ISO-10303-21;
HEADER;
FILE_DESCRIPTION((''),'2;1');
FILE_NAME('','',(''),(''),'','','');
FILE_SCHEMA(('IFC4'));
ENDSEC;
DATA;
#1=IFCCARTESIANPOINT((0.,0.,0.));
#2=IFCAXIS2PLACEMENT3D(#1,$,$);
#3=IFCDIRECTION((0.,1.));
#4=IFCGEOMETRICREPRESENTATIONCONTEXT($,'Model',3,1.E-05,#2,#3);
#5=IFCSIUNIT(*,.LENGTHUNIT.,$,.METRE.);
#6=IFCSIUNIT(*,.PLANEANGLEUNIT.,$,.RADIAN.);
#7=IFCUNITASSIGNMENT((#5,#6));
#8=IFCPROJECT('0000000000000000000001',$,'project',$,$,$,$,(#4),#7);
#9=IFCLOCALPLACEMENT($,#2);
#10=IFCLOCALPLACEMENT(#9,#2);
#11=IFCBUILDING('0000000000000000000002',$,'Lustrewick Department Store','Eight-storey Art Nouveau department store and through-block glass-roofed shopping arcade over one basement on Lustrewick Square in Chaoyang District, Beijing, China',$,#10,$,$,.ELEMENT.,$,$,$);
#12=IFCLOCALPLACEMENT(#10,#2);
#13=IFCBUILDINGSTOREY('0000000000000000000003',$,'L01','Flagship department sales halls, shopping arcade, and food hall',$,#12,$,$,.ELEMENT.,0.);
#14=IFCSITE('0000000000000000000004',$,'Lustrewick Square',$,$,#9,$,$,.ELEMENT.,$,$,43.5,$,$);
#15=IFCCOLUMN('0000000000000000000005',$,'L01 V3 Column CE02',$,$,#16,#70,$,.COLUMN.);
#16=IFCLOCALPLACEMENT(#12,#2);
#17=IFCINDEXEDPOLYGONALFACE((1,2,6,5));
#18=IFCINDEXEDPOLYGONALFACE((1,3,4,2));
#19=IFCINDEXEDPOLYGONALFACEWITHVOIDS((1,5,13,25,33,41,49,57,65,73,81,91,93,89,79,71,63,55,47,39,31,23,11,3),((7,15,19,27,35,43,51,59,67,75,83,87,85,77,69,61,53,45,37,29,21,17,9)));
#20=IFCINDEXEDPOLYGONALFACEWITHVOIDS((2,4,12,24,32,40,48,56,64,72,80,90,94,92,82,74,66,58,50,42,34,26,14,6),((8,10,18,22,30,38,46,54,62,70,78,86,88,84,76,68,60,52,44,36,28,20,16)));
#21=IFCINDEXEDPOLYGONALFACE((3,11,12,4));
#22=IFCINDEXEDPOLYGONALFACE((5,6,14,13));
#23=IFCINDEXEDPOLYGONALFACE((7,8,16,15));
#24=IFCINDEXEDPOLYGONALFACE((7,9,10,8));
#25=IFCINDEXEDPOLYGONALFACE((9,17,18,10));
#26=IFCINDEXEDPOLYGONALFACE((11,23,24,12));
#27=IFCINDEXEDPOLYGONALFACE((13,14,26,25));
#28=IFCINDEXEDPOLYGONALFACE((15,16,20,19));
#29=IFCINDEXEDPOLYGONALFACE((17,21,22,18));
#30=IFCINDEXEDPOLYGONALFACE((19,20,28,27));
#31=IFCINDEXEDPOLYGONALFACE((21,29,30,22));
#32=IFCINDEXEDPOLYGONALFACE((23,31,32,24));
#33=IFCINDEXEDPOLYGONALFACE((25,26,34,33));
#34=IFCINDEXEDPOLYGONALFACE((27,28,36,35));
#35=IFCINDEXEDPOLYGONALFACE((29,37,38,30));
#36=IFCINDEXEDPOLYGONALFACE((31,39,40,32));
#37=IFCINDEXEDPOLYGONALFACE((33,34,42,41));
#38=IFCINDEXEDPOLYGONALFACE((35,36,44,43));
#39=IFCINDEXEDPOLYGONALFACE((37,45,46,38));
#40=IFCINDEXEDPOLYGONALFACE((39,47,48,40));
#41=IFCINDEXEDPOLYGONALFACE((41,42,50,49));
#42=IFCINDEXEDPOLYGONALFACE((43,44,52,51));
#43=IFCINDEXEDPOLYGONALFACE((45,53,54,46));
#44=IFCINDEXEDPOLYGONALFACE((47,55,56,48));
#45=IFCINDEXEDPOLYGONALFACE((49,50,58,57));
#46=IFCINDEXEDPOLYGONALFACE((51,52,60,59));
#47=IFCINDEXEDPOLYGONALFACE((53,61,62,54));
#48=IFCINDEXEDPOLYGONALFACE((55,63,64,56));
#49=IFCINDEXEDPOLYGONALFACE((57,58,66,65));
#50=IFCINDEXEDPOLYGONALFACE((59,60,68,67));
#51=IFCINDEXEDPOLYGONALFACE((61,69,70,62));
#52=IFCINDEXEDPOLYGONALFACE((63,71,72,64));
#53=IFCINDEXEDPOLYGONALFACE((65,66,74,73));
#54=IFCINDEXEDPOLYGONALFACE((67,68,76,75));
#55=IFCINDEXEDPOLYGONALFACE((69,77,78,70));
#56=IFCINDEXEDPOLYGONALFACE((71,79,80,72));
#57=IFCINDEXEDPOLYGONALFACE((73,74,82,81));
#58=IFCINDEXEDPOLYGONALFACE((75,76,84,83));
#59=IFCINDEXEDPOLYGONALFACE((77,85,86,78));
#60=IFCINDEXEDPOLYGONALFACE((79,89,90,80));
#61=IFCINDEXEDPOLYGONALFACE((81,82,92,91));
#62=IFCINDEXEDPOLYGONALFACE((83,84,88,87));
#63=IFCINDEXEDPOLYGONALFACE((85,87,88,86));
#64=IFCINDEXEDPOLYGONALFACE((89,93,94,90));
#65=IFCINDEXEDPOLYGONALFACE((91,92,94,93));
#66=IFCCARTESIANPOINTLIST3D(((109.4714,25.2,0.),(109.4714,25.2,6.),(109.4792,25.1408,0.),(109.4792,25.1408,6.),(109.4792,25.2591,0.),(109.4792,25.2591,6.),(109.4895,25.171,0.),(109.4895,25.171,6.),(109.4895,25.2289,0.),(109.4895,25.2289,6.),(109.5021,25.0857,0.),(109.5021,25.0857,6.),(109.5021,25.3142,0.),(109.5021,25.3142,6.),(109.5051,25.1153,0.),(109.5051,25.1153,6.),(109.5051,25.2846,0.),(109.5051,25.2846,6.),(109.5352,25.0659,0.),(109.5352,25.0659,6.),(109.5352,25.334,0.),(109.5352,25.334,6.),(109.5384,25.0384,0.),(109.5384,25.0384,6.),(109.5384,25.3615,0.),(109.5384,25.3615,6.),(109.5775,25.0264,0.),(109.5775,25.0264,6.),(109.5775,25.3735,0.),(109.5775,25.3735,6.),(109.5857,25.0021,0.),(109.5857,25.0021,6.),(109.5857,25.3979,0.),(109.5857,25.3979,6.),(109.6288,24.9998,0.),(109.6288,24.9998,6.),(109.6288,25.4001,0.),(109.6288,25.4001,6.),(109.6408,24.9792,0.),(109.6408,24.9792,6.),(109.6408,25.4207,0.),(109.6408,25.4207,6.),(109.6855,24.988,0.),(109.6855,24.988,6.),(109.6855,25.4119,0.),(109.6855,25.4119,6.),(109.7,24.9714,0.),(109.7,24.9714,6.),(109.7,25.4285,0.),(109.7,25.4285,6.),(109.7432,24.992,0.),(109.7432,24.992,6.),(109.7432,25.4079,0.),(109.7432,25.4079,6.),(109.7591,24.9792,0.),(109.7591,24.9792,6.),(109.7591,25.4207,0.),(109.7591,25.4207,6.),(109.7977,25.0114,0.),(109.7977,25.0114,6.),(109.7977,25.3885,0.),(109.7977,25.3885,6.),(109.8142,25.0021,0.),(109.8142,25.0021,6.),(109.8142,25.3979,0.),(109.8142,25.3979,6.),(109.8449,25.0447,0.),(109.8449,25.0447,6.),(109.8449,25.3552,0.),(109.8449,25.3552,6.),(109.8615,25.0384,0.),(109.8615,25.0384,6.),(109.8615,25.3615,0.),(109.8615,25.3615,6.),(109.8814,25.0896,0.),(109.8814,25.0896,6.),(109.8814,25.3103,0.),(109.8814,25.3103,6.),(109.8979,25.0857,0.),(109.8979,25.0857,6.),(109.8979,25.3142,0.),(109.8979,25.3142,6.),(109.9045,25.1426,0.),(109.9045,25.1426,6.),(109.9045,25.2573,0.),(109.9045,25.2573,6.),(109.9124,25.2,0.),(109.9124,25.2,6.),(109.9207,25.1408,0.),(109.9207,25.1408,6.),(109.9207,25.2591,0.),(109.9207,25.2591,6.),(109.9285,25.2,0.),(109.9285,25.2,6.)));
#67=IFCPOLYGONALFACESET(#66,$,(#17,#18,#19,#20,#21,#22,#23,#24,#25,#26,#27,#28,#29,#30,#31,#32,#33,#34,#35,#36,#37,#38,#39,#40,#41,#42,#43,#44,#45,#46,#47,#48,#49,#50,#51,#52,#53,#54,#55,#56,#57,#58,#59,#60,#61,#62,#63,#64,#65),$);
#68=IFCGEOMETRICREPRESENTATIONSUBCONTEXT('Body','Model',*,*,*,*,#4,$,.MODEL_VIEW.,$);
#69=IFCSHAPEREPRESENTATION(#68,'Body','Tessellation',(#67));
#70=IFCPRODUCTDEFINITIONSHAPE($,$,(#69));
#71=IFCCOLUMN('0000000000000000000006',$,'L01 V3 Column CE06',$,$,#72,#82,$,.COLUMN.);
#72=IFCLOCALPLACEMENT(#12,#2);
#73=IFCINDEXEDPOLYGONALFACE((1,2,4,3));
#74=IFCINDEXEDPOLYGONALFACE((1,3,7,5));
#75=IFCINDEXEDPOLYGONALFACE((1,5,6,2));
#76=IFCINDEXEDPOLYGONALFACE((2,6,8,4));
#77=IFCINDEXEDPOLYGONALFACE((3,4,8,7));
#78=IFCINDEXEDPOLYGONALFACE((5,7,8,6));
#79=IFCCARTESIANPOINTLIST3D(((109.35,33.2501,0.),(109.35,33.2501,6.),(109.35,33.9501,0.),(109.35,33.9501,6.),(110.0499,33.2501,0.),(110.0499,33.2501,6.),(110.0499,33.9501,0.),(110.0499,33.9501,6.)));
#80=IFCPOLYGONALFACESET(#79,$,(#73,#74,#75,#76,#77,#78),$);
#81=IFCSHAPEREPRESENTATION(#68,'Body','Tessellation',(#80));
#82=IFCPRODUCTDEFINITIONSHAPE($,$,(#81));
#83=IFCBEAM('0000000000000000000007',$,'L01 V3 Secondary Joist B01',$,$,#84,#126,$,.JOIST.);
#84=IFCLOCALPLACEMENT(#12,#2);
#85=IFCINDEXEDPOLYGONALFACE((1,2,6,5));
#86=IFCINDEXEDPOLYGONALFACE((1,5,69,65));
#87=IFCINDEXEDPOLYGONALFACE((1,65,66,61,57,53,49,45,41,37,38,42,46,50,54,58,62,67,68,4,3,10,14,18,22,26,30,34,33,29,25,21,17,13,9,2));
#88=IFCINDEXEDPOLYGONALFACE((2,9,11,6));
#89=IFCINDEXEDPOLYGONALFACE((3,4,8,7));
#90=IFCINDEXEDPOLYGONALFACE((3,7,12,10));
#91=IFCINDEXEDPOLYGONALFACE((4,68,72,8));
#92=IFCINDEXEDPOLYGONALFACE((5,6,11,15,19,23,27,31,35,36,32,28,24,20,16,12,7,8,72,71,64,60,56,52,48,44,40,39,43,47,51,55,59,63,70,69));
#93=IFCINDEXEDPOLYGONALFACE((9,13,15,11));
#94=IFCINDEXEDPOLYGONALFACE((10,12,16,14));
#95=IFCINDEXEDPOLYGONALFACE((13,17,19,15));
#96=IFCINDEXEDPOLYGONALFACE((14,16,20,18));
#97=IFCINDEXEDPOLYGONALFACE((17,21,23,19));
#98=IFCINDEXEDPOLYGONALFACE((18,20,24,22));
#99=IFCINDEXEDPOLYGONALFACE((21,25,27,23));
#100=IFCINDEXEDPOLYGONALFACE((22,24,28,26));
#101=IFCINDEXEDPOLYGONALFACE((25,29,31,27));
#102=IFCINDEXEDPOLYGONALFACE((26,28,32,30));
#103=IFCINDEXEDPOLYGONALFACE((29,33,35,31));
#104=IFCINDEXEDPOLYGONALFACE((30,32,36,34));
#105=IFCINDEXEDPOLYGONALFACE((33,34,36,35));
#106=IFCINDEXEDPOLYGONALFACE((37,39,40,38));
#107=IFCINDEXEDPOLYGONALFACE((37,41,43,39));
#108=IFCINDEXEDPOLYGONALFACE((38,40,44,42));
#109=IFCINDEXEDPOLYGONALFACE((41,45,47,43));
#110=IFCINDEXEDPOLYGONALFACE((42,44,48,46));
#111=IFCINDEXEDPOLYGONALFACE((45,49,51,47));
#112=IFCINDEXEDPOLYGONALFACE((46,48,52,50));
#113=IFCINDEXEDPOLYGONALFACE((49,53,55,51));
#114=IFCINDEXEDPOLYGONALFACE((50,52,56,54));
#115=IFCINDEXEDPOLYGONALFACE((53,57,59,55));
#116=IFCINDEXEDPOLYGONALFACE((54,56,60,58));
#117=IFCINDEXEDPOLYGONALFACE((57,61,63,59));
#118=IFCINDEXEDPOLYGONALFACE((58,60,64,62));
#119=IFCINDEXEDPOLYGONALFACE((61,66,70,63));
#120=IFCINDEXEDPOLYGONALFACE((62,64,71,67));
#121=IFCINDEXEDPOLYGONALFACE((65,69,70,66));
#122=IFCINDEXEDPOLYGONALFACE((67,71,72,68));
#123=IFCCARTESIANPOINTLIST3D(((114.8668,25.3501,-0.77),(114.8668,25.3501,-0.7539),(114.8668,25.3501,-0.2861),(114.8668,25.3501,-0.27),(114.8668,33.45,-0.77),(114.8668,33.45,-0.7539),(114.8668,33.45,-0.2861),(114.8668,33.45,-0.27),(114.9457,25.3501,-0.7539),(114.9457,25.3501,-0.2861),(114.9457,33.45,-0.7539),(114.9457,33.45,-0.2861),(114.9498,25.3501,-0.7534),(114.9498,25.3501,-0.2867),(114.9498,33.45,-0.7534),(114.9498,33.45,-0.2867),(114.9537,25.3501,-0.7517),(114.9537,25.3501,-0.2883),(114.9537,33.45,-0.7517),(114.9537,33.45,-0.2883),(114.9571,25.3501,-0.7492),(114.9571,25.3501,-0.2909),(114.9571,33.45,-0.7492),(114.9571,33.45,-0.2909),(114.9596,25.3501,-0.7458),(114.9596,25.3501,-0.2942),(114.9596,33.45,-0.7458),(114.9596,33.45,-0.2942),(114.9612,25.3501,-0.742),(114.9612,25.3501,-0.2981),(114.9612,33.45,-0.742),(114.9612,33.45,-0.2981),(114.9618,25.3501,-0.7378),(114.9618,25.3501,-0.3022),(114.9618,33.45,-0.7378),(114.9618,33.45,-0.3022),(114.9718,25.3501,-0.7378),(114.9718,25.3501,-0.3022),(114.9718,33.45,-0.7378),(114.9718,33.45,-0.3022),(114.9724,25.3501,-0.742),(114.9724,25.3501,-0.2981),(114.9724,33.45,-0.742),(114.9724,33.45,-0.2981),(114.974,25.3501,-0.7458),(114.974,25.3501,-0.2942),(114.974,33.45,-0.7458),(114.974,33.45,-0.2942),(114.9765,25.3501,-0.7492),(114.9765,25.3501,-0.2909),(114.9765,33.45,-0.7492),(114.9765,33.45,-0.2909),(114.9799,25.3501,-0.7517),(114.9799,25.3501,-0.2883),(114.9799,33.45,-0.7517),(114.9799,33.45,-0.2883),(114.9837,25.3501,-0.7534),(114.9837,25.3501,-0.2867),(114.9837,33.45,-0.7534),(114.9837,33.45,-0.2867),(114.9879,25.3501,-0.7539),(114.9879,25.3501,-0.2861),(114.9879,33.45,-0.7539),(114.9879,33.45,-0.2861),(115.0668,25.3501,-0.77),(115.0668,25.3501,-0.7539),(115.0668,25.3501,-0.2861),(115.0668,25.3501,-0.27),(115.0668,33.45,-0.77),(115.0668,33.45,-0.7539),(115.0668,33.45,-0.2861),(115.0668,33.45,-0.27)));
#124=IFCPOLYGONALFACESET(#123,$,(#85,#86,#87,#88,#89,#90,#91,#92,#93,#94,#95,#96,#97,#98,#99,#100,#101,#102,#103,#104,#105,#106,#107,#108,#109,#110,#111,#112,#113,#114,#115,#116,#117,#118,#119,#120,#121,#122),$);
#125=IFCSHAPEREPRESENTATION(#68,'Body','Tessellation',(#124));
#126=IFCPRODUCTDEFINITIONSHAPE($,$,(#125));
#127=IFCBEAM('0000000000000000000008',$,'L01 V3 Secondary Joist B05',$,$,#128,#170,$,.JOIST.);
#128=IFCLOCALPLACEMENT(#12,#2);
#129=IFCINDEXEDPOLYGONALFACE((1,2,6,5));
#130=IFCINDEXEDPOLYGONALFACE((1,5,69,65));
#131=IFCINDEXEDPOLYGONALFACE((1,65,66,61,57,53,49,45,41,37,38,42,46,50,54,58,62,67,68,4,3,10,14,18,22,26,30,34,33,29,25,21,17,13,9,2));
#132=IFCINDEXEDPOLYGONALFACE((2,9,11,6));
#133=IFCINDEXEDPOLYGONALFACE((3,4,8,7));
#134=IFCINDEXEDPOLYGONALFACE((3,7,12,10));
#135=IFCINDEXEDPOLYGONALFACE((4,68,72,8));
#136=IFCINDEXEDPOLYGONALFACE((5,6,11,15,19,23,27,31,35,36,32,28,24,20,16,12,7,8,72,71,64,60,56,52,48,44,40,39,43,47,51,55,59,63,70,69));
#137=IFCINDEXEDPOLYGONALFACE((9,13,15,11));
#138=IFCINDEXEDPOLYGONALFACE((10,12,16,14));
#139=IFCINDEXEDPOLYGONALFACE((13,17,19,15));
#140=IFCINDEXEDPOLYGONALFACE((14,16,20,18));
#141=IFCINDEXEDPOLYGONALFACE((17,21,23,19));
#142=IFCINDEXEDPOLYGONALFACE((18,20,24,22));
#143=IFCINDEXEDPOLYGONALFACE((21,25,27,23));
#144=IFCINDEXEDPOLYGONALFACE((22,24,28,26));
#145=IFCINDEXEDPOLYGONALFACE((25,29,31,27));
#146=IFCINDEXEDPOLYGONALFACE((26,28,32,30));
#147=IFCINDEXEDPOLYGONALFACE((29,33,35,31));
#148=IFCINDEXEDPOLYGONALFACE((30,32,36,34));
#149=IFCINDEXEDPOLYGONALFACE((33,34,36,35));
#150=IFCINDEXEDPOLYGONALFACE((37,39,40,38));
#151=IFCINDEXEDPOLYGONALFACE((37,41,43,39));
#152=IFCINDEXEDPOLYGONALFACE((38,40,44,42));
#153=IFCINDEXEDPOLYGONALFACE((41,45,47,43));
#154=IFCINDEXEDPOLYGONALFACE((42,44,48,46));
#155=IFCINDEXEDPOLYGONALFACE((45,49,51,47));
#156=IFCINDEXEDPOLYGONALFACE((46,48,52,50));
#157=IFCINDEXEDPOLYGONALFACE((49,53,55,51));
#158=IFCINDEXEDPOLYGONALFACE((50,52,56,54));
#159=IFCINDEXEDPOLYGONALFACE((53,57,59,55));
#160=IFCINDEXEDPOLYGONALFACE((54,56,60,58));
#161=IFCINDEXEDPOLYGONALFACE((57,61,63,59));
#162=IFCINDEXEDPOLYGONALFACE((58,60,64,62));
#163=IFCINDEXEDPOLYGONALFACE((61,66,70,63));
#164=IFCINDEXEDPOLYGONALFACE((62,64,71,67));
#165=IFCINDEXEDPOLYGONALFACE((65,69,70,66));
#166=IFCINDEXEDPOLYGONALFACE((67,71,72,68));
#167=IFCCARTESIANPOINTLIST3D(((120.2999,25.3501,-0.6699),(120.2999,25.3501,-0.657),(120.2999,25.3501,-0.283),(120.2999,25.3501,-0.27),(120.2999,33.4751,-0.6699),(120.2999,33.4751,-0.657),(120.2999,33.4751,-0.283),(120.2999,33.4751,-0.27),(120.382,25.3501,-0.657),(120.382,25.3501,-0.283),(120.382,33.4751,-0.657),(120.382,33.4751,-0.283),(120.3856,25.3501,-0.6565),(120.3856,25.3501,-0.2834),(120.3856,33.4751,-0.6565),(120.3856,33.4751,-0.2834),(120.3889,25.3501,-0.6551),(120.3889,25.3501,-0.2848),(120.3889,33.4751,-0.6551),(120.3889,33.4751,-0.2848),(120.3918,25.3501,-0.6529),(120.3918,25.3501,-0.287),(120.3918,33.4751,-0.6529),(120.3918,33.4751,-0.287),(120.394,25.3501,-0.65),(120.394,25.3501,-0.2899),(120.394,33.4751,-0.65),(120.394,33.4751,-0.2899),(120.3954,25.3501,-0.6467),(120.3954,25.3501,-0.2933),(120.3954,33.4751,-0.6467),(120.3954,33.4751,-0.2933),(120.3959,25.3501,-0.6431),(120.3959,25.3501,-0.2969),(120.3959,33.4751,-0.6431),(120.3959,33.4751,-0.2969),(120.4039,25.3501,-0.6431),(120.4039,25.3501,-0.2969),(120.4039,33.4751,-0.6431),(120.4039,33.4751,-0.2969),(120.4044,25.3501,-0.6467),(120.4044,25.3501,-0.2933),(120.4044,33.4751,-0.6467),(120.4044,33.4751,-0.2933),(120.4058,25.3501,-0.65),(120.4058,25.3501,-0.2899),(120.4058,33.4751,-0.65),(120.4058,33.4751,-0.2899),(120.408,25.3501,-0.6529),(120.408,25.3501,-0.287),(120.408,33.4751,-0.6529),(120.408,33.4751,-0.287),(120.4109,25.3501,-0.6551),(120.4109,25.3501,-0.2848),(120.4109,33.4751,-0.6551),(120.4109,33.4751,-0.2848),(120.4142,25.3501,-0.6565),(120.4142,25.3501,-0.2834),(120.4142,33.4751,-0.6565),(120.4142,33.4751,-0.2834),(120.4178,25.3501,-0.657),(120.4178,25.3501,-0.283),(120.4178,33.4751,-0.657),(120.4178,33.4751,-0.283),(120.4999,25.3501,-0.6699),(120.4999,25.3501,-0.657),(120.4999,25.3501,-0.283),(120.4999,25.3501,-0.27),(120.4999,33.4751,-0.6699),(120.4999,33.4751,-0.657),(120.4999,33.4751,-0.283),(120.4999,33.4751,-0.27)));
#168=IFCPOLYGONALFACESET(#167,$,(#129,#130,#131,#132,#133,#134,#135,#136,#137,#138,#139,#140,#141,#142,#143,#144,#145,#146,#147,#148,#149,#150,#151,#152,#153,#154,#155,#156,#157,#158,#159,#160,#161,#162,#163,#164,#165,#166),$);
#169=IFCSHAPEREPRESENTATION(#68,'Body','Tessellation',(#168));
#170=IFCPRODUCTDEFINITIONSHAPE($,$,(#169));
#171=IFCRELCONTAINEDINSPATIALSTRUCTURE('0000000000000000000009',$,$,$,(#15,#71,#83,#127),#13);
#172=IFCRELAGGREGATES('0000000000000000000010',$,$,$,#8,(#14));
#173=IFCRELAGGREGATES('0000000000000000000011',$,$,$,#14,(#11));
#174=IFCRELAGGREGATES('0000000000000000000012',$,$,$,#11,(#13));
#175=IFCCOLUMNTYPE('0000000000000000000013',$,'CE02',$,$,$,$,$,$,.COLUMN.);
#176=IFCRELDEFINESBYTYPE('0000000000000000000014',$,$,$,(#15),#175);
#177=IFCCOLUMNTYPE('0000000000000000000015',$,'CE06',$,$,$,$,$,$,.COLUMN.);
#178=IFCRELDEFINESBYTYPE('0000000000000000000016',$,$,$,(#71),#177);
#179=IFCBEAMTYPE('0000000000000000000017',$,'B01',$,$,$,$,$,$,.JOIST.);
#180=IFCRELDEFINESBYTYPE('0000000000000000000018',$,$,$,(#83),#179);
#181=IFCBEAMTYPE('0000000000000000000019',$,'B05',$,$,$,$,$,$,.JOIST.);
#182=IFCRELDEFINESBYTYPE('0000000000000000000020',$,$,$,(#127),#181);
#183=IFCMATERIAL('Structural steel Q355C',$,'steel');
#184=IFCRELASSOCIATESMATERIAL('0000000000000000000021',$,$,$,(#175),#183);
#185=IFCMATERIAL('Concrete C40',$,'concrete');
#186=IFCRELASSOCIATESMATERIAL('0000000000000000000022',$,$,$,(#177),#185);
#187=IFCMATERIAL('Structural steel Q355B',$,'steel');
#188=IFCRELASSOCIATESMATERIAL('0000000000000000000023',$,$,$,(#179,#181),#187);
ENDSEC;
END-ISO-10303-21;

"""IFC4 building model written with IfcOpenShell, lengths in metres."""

from ifc_helpers import new_model, si_unit, direction, frame, origin, origin_2d, place, context, subcontext, project, spatial, rectangle, hollow_circle, i_section, extrude, material, material_profile, profile_set, type_object, element, save


model = new_model("IFC4")

# Units and contexts
model_context = context("Model", 3, precision=1e-05, world=origin(), true_north=direction((0.0, 1.0)))
body_context = subcontext(model_context, "Body", "Model", "MODEL_VIEW")
ifc_project = project(units=[si_unit("LENGTHUNIT", "METRE"), si_unit("PLANEANGLEUNIT", "RADIAN")], contexts=[model_context])

# Site, building, storey
site_placement = place(None, origin())
site = spatial("IfcSite", under=ifc_project, at=site_placement, Name="Lustrewick Square", CompositionType="ELEMENT", RefElevation=43.5)
building_placement = place(site_placement, origin())
building = spatial("IfcBuilding", under=site, at=building_placement, Name="Lustrewick Department Store", Description="Eight-storey Art Nouveau department store and through-block glass-roofed shopping arcade over one basement on Lustrewick Square in Chaoyang District, Beijing, China", CompositionType="ELEMENT")
storey_placement = place(building_placement, origin())
storey = spatial("IfcBuildingStorey", under=building, at=storey_placement, Name="L01", Description="Flagship department sales halls, shopping arcade, and food hall", CompositionType="ELEMENT", Elevation=0.0)

# Columns
ifc_material_1 = material(Name="Structural steel Q355C", Category="steel")
ifc_material_profile_1 = material_profile(ifc_material_1, hollow_circle(Radius=0.2285, WallThickness=0.0161, at=origin_2d()), Name="CHS 457x16")
ifc_profile_set_1 = profile_set([ifc_material_profile_1], Name="Structural steel Q355C")
column_type_1 = type_object("IfcColumnType", Name="CE02", PredefinedType="COLUMN", material=ifc_profile_set_1)
column_1_placement = place(storey_placement, frame((109.7, 25.2, 0.0), z_axis=(0.0, 0.0, 1.0), x_axis=(1.0, 0.0, 0.0)))
element("IfcColumn", 1, at=column_1_placement, inside=storey, type_object=column_type_1, Name="L01 V3 Column CE02", PredefinedType="COLUMN", context=body_context, shape_type="SweptSolid", body=[
    extrude(hollow_circle(Radius=0.2285, WallThickness=0.0161, at=origin_2d()), origin(), (0.0, 0.0, 1.0), 6.0),
])
ifc_material_2 = material(Name="Concrete C40", Category="concrete")
ifc_material_profile_2 = material_profile(ifc_material_2, rectangle(XDim=0.7, YDim=0.7, at=origin_2d()), Name="RC 700x700")
ifc_profile_set_2 = profile_set([ifc_material_profile_2], Name="Concrete C40")
column_type_2 = type_object("IfcColumnType", Name="CE06", PredefinedType="COLUMN", material=ifc_profile_set_2)
column_2_placement = place(storey_placement, frame((109.7, 33.6001, 0.0), z_axis=(0.0, 0.0, 1.0), x_axis=(1.0, 0.0, 0.0)))
element("IfcColumn", 2, at=column_2_placement, inside=storey, type_object=column_type_2, Name="L01 V3 Column CE06", PredefinedType="COLUMN", context=body_context, shape_type="SweptSolid", body=[
    extrude(rectangle(XDim=0.7, YDim=0.7, at=origin_2d()), origin(), (0.0, 0.0, 1.0), 6.0),
])

# Beams
ifc_material_3 = material(Name="Structural steel Q355B", Category="steel")
ifc_material_profile_3 = material_profile(ifc_material_3, i_section(OverallWidth=0.2, OverallDepth=0.5, WebThickness=0.01, FlangeThickness=0.0161, FilletRadius=0.0161, at=origin_2d()), Name="HN 500x200x10x16")
ifc_profile_set_3 = profile_set([ifc_material_profile_3], Name="Structural steel Q355B")
beam_type_1 = type_object("IfcBeamType", Name="B01", PredefinedType="JOIST", material=ifc_profile_set_3)
beam_1_placement = place(storey_placement, frame((114.9668, 25.3501, -0.52), z_axis=(0.0, 1.0, 0.0), x_axis=(-1.0, 0.0, 0.0)))
element("IfcBeam", 3, at=beam_1_placement, inside=storey, type_object=beam_type_1, Name="L01 V3 Secondary Joist B01", PredefinedType="JOIST", context=body_context, shape_type="SweptSolid", body=[
    extrude(i_section(OverallWidth=0.2, OverallDepth=0.5, WebThickness=0.01, FlangeThickness=0.0161, FilletRadius=0.0161, at=origin_2d()), origin(), (0.0, 0.0, 1.0), 8.0999),
])
ifc_material_profile_4 = material_profile(ifc_material_3, i_section(OverallWidth=0.2, OverallDepth=0.3999, WebThickness=0.0081, FlangeThickness=0.0129, FilletRadius=0.0139, at=origin_2d()), Name="HN 400x200x8x13")
ifc_profile_set_4 = profile_set([ifc_material_profile_4], Name="Structural steel Q355B")
beam_type_2 = type_object("IfcBeamType", Name="B05", PredefinedType="JOIST", material=ifc_profile_set_4)
beam_2_placement = place(storey_placement, frame((120.3999, 25.3501, -0.47), z_axis=(0.0, 1.0, 0.0), x_axis=(-1.0, 0.0, 0.0)))
element("IfcBeam", 4, at=beam_2_placement, inside=storey, type_object=beam_type_2, Name="L01 V3 Secondary Joist B05", PredefinedType="JOIST", context=body_context, shape_type="SweptSolid", body=[
    extrude(i_section(OverallWidth=0.2, OverallDepth=0.3999, WebThickness=0.0081, FlangeThickness=0.0129, FilletRadius=0.0139, at=origin_2d()), origin(), (0.0, 0.0, 1.0), 8.125),
])

save(model, "model.ifc")
